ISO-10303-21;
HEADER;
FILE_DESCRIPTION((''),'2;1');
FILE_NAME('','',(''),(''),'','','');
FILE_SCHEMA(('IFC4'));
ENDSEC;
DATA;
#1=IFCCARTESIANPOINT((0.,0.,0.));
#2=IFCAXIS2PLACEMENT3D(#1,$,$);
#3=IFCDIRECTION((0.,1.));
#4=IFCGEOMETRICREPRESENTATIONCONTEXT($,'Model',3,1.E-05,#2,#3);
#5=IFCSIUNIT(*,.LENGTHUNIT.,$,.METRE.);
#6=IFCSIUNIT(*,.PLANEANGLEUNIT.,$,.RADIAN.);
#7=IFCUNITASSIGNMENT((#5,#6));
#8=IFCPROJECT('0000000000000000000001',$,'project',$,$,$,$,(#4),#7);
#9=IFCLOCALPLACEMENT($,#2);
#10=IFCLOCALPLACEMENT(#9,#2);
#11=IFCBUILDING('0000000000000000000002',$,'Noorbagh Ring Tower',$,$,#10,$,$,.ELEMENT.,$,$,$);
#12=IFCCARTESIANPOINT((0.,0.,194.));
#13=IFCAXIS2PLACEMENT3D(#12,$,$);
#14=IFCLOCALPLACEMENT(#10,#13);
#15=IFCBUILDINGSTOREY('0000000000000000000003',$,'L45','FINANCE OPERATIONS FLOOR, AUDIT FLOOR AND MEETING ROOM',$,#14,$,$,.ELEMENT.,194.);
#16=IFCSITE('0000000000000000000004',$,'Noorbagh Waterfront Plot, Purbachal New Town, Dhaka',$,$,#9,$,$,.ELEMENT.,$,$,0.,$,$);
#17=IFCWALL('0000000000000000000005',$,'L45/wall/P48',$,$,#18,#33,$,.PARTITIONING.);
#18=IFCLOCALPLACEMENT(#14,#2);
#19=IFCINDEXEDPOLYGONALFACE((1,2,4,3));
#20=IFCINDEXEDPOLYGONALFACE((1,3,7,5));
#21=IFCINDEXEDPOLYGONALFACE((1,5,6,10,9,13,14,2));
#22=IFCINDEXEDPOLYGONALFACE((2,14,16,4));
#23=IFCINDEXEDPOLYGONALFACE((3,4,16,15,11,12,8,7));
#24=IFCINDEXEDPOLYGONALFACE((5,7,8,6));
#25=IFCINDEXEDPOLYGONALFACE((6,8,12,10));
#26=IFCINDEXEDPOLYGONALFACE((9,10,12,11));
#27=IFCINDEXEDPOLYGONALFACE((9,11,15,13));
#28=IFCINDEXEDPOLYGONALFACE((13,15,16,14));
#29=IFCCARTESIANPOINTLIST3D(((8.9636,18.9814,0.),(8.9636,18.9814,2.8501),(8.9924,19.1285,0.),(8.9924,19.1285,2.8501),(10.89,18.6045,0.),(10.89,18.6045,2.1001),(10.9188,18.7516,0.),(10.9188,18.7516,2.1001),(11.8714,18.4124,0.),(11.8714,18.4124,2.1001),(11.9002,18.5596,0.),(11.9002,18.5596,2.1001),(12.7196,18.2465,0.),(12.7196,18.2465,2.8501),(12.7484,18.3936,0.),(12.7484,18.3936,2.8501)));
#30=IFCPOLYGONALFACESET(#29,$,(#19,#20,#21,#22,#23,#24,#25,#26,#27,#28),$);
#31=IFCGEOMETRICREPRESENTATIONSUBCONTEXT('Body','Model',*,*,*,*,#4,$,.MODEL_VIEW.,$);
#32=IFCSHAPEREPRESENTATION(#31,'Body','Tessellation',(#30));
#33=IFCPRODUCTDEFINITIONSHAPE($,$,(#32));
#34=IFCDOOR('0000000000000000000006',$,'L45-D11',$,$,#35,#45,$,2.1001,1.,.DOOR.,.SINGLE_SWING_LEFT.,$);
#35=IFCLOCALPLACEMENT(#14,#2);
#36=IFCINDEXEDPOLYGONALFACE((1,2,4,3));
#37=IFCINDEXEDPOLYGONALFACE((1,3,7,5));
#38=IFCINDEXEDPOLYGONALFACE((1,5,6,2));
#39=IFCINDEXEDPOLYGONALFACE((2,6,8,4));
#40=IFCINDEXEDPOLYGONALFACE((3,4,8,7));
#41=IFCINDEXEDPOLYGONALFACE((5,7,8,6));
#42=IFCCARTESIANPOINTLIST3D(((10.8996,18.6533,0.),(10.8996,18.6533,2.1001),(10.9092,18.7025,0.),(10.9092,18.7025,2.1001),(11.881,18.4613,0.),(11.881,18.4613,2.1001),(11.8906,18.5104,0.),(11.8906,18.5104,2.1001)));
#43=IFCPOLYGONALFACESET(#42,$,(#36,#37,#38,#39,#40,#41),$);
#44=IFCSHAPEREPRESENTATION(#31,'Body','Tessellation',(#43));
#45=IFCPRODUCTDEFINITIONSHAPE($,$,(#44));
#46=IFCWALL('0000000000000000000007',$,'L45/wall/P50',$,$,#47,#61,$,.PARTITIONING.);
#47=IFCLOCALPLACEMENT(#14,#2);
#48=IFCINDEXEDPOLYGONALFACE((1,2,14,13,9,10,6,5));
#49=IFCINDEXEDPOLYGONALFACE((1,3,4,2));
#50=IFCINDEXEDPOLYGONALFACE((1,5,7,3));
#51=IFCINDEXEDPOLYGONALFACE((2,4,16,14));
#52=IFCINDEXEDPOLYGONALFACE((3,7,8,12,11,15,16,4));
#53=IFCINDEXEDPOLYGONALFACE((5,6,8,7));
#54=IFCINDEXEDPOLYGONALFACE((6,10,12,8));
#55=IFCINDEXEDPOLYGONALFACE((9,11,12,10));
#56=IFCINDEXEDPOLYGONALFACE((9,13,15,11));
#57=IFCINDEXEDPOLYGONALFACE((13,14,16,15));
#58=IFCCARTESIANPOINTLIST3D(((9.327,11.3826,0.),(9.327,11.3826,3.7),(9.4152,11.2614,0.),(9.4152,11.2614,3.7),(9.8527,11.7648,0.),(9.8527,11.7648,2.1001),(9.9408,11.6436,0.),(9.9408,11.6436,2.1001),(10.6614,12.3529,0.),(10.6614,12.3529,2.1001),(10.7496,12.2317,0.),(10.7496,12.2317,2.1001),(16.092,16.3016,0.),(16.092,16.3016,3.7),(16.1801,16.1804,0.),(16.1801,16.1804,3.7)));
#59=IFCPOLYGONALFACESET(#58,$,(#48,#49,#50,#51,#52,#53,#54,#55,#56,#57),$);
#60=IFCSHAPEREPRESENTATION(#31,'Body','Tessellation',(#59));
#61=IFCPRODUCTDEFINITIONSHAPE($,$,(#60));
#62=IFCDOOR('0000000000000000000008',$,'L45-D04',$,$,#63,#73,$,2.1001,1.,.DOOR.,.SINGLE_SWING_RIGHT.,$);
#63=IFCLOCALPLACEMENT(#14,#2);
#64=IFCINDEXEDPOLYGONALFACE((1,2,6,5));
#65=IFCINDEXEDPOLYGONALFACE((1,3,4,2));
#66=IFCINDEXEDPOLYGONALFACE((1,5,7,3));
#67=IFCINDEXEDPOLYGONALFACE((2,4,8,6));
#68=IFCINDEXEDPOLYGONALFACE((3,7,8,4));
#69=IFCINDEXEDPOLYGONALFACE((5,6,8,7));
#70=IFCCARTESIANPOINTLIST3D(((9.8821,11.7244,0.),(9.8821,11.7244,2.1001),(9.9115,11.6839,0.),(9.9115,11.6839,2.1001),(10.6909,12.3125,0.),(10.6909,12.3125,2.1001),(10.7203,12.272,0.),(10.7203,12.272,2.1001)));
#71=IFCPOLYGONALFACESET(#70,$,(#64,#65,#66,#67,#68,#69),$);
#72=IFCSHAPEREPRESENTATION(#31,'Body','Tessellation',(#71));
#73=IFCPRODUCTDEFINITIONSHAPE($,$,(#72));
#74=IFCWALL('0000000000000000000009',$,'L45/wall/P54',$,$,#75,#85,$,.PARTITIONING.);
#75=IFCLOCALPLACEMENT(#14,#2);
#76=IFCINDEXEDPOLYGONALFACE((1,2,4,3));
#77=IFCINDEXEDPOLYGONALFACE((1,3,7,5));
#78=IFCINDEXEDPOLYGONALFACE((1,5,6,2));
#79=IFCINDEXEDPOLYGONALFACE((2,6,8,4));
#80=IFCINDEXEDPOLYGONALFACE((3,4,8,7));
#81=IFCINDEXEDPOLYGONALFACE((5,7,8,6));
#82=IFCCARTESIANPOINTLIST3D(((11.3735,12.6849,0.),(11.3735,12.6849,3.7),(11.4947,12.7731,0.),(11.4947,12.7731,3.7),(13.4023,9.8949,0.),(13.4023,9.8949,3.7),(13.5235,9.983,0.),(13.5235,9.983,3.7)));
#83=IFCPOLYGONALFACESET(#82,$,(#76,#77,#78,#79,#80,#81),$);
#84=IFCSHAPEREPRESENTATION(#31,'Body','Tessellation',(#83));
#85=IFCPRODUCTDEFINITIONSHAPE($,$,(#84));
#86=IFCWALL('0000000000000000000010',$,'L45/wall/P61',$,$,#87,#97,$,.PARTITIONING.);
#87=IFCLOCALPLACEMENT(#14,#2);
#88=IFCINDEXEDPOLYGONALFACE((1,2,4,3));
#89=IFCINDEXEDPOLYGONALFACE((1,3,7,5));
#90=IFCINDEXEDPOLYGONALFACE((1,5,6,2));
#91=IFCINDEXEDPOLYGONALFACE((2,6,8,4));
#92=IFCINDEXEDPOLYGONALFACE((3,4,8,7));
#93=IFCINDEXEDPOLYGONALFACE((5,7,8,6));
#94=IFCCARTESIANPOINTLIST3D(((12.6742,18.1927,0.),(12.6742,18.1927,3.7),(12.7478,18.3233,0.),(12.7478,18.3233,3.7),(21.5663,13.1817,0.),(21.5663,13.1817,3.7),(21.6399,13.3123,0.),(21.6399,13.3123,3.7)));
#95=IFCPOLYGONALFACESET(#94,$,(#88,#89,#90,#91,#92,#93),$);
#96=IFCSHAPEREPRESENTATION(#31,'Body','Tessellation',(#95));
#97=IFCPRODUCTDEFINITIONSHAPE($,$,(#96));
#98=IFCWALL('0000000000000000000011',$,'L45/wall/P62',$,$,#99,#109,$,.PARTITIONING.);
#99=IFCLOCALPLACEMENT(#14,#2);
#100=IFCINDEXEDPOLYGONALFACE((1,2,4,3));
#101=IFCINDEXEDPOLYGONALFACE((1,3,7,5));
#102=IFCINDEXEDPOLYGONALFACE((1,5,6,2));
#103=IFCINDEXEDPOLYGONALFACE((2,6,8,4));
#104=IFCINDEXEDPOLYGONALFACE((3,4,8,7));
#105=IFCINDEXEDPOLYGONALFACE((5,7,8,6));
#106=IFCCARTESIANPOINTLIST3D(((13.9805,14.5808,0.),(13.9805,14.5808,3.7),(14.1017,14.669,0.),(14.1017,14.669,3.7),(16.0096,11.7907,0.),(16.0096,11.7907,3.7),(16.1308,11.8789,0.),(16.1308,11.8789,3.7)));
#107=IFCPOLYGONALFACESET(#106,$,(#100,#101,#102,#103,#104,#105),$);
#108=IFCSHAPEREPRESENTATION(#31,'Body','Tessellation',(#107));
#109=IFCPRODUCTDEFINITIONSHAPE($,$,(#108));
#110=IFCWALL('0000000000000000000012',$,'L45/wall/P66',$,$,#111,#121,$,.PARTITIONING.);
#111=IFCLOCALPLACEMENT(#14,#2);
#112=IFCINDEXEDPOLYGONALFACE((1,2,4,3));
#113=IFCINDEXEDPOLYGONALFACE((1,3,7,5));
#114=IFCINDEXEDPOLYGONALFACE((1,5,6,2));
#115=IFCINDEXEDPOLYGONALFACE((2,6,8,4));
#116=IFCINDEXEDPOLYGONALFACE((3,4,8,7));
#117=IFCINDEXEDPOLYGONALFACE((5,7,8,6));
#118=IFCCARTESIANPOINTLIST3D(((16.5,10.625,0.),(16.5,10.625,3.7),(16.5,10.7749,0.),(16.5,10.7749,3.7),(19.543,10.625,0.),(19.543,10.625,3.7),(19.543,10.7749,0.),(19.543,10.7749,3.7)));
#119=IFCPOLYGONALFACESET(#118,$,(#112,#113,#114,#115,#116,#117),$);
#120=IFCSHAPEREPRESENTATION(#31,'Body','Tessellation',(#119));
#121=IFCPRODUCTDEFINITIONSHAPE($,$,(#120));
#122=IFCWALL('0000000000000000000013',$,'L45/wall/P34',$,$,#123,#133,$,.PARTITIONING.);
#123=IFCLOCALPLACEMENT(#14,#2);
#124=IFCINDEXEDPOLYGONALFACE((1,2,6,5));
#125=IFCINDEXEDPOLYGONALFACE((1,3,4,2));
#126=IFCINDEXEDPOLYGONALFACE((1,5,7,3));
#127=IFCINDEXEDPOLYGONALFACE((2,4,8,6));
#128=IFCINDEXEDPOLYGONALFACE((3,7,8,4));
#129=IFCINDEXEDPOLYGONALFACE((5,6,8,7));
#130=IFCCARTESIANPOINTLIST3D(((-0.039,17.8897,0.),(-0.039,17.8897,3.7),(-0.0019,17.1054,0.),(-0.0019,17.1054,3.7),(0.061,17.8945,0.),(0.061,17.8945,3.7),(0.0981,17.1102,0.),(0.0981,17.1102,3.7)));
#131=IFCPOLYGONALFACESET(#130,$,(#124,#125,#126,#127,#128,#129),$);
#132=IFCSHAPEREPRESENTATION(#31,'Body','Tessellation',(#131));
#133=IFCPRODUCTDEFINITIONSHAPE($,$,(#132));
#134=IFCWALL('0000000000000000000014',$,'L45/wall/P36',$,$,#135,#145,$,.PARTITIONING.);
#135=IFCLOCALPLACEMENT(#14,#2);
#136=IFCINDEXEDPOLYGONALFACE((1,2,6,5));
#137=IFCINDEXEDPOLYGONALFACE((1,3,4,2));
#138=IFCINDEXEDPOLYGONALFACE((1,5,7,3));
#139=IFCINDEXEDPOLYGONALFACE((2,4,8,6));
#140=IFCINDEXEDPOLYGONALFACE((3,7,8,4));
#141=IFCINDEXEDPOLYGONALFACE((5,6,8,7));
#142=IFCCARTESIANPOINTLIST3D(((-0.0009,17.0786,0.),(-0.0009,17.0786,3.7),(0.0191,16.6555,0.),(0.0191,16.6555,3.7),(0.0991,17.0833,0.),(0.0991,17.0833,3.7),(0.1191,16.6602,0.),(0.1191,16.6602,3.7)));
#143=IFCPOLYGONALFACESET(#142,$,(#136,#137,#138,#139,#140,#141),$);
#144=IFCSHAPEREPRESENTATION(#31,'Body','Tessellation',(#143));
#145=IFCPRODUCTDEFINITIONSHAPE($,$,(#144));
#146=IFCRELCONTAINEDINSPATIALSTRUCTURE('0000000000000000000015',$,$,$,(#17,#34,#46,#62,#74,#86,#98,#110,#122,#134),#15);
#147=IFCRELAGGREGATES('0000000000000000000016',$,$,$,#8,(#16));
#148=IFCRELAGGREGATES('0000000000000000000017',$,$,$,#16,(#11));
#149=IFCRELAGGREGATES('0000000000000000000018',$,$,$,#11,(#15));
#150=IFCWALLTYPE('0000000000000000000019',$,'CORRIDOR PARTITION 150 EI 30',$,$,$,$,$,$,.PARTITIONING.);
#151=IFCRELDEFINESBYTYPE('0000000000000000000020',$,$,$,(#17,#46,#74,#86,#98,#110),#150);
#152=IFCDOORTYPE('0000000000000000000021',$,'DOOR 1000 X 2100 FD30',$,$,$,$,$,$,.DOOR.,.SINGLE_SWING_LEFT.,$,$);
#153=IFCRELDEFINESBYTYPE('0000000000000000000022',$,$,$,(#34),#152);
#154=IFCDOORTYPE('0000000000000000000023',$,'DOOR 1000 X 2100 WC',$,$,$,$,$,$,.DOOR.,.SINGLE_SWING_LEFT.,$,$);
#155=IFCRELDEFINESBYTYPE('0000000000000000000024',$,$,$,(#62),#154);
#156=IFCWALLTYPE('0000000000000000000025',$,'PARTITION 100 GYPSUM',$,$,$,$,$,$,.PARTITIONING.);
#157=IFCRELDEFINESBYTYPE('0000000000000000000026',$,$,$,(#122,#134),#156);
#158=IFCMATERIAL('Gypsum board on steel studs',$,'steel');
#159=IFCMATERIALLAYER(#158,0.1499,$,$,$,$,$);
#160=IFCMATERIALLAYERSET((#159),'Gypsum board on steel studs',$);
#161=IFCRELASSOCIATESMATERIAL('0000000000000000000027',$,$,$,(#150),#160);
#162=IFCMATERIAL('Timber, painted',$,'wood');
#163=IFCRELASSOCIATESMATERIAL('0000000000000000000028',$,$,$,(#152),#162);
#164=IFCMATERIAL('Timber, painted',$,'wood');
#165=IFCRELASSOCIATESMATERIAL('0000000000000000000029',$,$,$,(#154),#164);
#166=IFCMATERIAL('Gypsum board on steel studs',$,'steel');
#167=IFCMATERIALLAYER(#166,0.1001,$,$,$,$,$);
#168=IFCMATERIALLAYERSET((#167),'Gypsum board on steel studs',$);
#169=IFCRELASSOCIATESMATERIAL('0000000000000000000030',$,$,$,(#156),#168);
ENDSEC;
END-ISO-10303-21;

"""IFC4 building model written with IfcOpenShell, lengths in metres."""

from ifc_helpers import new_model, si_unit, direction, frame, frame_2d, origin, place, context, subcontext, project, spatial, rectangle, extrude, material, layer, layer_set, type_object, element, fill, save


model = new_model("IFC4")

# Units and contexts
model_context = context("Model", 3, precision=1e-05, world=origin(), true_north=direction((0.0, 1.0)))
body_context = subcontext(model_context, "Body", "Model", "MODEL_VIEW")
ifc_project = project(units=[si_unit("LENGTHUNIT", "METRE"), si_unit("PLANEANGLEUNIT", "RADIAN")], contexts=[model_context])

# Site, building, storey
site_placement = place(None, origin())
site = spatial("IfcSite", under=ifc_project, at=site_placement, Name="Noorbagh Waterfront Plot, Purbachal New Town, Dhaka", CompositionType="ELEMENT", RefElevation=0.0)
building_placement = place(site_placement, origin())
building = spatial("IfcBuilding", under=site, at=building_placement, Name="Noorbagh Ring Tower", CompositionType="ELEMENT")
storey_placement = place(building_placement, frame((0.0, 0.0, 194.0)))
storey = spatial("IfcBuildingStorey", under=building, at=storey_placement, Name="L45", Description="FINANCE OPERATIONS FLOOR, AUDIT FLOOR AND MEETING ROOM", CompositionType="ELEMENT", Elevation=194.0)

# Shared definitions
ifc_material_1 = material(Name="Gypsum board on steel studs", Category="steel")
ifc_layer_1 = layer(ifc_material_1, 0.1499)
ifc_layer_set_1 = layer_set([ifc_layer_1], Name="Gypsum board on steel studs")
wall_type_1 = type_object("IfcWallType", Name="CORRIDOR PARTITION 150 EI 30", PredefinedType="PARTITIONING", material=ifc_layer_set_1)

# Walls, openings, doors
wall_1_placement = place(storey_placement, frame((8.978, 19.0549, 0.0), z_axis=(0.0, 0.0, 1.0), x_axis=(0.981392, -0.192017, 0.0)))
wall_1 = element("IfcWall", 1, at=wall_1_placement, inside=storey, type_object=wall_type_1, Name="L45/wall/P48", PredefinedType="PARTITIONING", context=body_context, shape_type="SweptSolid", body=[
    extrude(rectangle(XDim=3.8271, YDim=0.1499, at=frame_2d((1.9136, 0.0))), origin(), (0.0, 0.0, 1.0), 2.8501),
])
opening_1_placement = place(wall_1_placement, frame((1.9629, 0.0, 0.0)))
opening_1 = element("IfcOpeningElement", 2, at=opening_1_placement, cuts=wall_1, PredefinedType="OPENING", context=body_context, shape_type="SweptSolid", body=[
    extrude(rectangle(XDim=1.0, YDim=2.1001, at=frame_2d((0.5, 1.05))), frame((0.0, 0.085, 0.0), z_axis=(0.0, -1.0, 0.0), x_axis=(1.0, 0.0, 0.0)), (0.0, 0.0, 1.0), 0.1699),
])
ifc_material_2 = material(Name="Timber, painted", Category="wood")
door_type_1 = type_object("IfcDoorType", Name="DOOR 1000 X 2100 FD30", OperationType="SINGLE_SWING_LEFT", PredefinedType="DOOR", material=ifc_material_2)
door_1_placement = place(opening_1_placement, origin())
door_1 = element("IfcDoor", 3, at=door_1_placement, inside=storey, type_object=door_type_1, Name="L45-D11", OperationType="SINGLE_SWING_LEFT", OverallHeight=2.1001, OverallWidth=1.0, PredefinedType="DOOR", context=body_context, shape_type="SweptSolid", body=[
    extrude(rectangle(XDim=1.0, YDim=2.1001, at=frame_2d((0.5, 1.05))), frame((0.0, 0.0249, 0.0), z_axis=(0.0, -1.0, 0.0), x_axis=(1.0, 0.0, 0.0)), (0.0, 0.0, 1.0), 0.05),
])
fill(opening_1, door_1)
wall_2_placement = place(storey_placement, frame((9.3711, 11.322, 0.0), z_axis=(0.0, 0.0, 1.0), x_axis=(0.808792, 0.588095, 0.0)))
wall_2 = element("IfcWall", 4, at=wall_2_placement, inside=storey, type_object=wall_type_1, Name="L45/wall/P50", PredefinedType="PARTITIONING", context=body_context, shape_type="SweptSolid", body=[
    extrude(rectangle(XDim=8.3643, YDim=0.1499, at=frame_2d((4.1821, 0.0))), origin(), (0.0, 0.0, 1.0), 3.7),
])
opening_2_placement = place(wall_2_placement, frame((0.6499, 0.0, 0.0)))
opening_2 = element("IfcOpeningElement", 5, at=opening_2_placement, cuts=wall_2, PredefinedType="OPENING", context=body_context, shape_type="SweptSolid", body=[
    extrude(rectangle(XDim=1.0, YDim=2.1001, at=frame_2d((0.5, 1.05))), frame((0.0, 0.085, 0.0), z_axis=(0.0, -1.0, 0.0), x_axis=(1.0, 0.0, 0.0)), (0.0, 0.0, 1.0), 0.1699),
])
ifc_material_3 = material(Name="Timber, painted", Category="wood")
door_type_2 = type_object("IfcDoorType", Name="DOOR 1000 X 2100 WC", OperationType="SINGLE_SWING_LEFT", PredefinedType="DOOR", material=ifc_material_3)
door_2_placement = place(opening_2_placement, origin())
door_2 = element("IfcDoor", 6, at=door_2_placement, inside=storey, type_object=door_type_2, Name="L45-D04", OperationType="SINGLE_SWING_RIGHT", OverallHeight=2.1001, OverallWidth=1.0, PredefinedType="DOOR", context=body_context, shape_type="SweptSolid", body=[
    extrude(rectangle(XDim=1.0, YDim=2.1001, at=frame_2d((0.5, 1.05))), frame((0.0, 0.0249, 0.0), z_axis=(0.0, -1.0, 0.0), x_axis=(1.0, 0.0, 0.0)), (0.0, 0.0, 1.0), 0.05),
])
fill(opening_2, door_2)

# Walls
wall_3_placement = place(storey_placement, frame((11.4341, 12.729, 0.0), z_axis=(0.0, 0.0, 1.0), x_axis=(0.588113, -0.808779, 0.0)))
element("IfcWall", 7, at=wall_3_placement, inside=storey, type_object=wall_type_1, Name="L45/wall/P54", PredefinedType="PARTITIONING", context=body_context, shape_type="SweptSolid", body=[
    extrude(rectangle(XDim=3.4497, YDim=0.1499, at=frame_2d((1.7249, 0.0))), origin(), (0.0, 0.0, 1.0), 3.7),
])
wall_4_placement = place(storey_placement, frame((12.7109, 18.2581, 0.0), z_axis=(0.0, 0.0, 1.0), x_axis=(0.871191, -0.490945, 0.0)))
element("IfcWall", 8, at=wall_4_placement, inside=storey, type_object=wall_type_1, Name="L45/wall/P61", PredefinedType="PARTITIONING", context=body_context, shape_type="SweptSolid", body=[
    extrude(rectangle(XDim=10.2068, YDim=0.1499, at=frame_2d((5.1035, 0.0))), origin(), (0.0, 0.0, 1.0), 3.7),
])
wall_5_placement = place(storey_placement, frame((14.041, 14.625, 0.0), z_axis=(0.0, 0.0, 1.0), x_axis=(0.588159, -0.808745, 0.0)))
element("IfcWall", 9, at=wall_5_placement, inside=storey, type_object=wall_type_1, Name="L45/wall/P62", PredefinedType="PARTITIONING", context=body_context, shape_type="SweptSolid", body=[
    extrude(rectangle(XDim=3.45, YDim=0.1499, at=frame_2d((1.7251, 0.0))), origin(), (0.0, 0.0, 1.0), 3.7),
])
wall_6_placement = place(storey_placement, frame((16.5, 10.7, 0.0), z_axis=(0.0, 0.0, 1.0), x_axis=(1.0, 0.0, 0.0)))
element("IfcWall", 10, at=wall_6_placement, inside=storey, type_object=wall_type_1, Name="L45/wall/P66", PredefinedType="PARTITIONING", context=body_context, shape_type="SweptSolid", body=[
    extrude(rectangle(XDim=3.043, YDim=0.1499, at=frame_2d((1.5215, 0.0))), origin(), (0.0, 0.0, 1.0), 3.7),
])
ifc_material_4 = material(Name="Gypsum board on steel studs", Category="steel")
ifc_layer_2 = layer(ifc_material_4, 0.1001)
ifc_layer_set_2 = layer_set([ifc_layer_2], Name="Gypsum board on steel studs")
wall_type_2 = type_object("IfcWallType", Name="PARTITION 100 GYPSUM", PredefinedType="PARTITIONING", material=ifc_layer_set_2)
wall_7_placement = place(storey_placement, frame((0.011, 17.8921, 0.0), z_axis=(0.0, 0.0, 1.0), x_axis=(0.04727, -0.998882, 0.0)))
element("IfcWall", 11, at=wall_7_placement, inside=storey, type_object=wall_type_2, Name="L45/wall/P34", PredefinedType="PARTITIONING", context=body_context, shape_type="SweptSolid", body=[
    extrude(rectangle(XDim=0.7852, YDim=0.1001, at=frame_2d((0.3926, 0.0))), origin(), (0.0, 0.0, 1.0), 3.7),
])
wall_8_placement = place(storey_placement, frame((0.0491, 17.0811, 0.0), z_axis=(0.0, 0.0, 1.0), x_axis=(0.047264, -0.998882, 0.0)))
element("IfcWall", 12, at=wall_8_placement, inside=storey, type_object=wall_type_2, Name="L45/wall/P36", PredefinedType="PARTITIONING", context=body_context, shape_type="SweptSolid", body=[
    extrude(rectangle(XDim=0.4236, YDim=0.1001, at=frame_2d((0.2119, 0.0))), origin(), (0.0, 0.0, 1.0), 3.7),
])

save(model, "model.ifc")
